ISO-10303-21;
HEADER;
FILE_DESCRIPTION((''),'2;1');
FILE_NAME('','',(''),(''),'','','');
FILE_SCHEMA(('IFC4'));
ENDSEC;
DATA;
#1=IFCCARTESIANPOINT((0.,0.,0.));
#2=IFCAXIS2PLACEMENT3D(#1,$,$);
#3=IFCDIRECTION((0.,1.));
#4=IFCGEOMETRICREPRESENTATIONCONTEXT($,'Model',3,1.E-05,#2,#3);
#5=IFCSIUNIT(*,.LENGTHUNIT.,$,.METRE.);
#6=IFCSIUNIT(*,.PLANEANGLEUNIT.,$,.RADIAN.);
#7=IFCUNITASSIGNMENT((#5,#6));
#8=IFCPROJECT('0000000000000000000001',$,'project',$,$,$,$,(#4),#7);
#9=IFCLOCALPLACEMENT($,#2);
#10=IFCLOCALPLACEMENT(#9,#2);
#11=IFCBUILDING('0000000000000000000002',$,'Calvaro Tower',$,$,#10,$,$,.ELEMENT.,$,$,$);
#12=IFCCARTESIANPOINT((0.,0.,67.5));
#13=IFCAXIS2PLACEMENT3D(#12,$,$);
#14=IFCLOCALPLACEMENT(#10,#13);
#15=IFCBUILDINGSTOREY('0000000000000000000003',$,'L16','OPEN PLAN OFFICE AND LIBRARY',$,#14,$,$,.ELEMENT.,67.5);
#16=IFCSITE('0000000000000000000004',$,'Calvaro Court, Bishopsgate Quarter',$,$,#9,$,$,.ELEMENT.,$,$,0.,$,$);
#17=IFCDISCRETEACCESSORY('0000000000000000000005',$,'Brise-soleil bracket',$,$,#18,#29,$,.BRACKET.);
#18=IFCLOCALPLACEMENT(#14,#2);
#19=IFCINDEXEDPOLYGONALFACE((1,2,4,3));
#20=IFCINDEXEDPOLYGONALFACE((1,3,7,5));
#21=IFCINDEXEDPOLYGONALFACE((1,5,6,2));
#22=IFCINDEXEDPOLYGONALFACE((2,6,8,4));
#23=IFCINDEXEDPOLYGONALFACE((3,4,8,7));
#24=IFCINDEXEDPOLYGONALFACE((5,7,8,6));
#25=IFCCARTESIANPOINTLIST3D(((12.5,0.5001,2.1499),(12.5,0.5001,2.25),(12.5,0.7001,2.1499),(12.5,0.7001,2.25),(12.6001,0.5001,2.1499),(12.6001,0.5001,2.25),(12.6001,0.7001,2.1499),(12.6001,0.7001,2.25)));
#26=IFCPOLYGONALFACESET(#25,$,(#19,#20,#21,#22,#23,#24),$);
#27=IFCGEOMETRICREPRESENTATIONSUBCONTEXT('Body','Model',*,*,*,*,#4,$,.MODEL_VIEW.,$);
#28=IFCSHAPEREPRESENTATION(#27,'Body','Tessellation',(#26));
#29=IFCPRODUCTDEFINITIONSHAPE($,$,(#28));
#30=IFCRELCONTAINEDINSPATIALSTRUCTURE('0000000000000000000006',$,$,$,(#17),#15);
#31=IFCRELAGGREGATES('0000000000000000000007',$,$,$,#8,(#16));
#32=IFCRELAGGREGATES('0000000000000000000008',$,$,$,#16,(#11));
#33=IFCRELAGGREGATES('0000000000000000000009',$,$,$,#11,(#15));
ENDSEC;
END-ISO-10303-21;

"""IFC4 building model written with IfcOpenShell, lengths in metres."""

from ifc_helpers import new_model, si_unit, direction, frame, origin, origin_2d, place, context, subcontext, project, spatial, rectangle, extrude, element, save


model = new_model("IFC4")

# Units and contexts
model_context = context("Model", 3, precision=1e-05, world=origin(), true_north=direction((0.0, 1.0)))
body_context = subcontext(model_context, "Body", "Model", "MODEL_VIEW")
ifc_project = project(units=[si_unit("LENGTHUNIT", "METRE"), si_unit("PLANEANGLEUNIT", "RADIAN")], contexts=[model_context])

# Site, building, storey
site_placement = place(None, origin())
site = spatial("IfcSite", under=ifc_project, at=site_placement, Name="Calvaro Court, Bishopsgate Quarter", CompositionType="ELEMENT", RefElevation=0.0)
building_placement = place(site_placement, origin())
building = spatial("IfcBuilding", under=site, at=building_placement, Name="Calvaro Tower", CompositionType="ELEMENT")
storey_placement = place(building_placement, frame((0.0, 0.0, 67.5)))
storey = spatial("IfcBuildingStorey", under=building, at=storey_placement, Name="L16", Description="OPEN PLAN OFFICE AND LIBRARY", CompositionType="ELEMENT", Elevation=67.5)

# Discrete accessory
for number, where, z_axis, x_axis, name in (
    (1, (12.55, 0.6001, 2.1499), (0.0, 0.0, 1.0), (1.0, 0.0, 0.0), "Brise-soleil bracket"),
):
    element("IfcDiscreteAccessory", number, at=place(storey_placement, frame(where, z_axis=z_axis, x_axis=x_axis)), inside=storey, Name=name, PredefinedType="BRACKET", context=body_context, shape_type="SweptSolid", body=[
        extrude(rectangle(XDim=0.1001, YDim=0.2, at=origin_2d()), origin(), (0.0, 0.0, 1.0), 0.1001),
    ])

save(model, "model.ifc")
